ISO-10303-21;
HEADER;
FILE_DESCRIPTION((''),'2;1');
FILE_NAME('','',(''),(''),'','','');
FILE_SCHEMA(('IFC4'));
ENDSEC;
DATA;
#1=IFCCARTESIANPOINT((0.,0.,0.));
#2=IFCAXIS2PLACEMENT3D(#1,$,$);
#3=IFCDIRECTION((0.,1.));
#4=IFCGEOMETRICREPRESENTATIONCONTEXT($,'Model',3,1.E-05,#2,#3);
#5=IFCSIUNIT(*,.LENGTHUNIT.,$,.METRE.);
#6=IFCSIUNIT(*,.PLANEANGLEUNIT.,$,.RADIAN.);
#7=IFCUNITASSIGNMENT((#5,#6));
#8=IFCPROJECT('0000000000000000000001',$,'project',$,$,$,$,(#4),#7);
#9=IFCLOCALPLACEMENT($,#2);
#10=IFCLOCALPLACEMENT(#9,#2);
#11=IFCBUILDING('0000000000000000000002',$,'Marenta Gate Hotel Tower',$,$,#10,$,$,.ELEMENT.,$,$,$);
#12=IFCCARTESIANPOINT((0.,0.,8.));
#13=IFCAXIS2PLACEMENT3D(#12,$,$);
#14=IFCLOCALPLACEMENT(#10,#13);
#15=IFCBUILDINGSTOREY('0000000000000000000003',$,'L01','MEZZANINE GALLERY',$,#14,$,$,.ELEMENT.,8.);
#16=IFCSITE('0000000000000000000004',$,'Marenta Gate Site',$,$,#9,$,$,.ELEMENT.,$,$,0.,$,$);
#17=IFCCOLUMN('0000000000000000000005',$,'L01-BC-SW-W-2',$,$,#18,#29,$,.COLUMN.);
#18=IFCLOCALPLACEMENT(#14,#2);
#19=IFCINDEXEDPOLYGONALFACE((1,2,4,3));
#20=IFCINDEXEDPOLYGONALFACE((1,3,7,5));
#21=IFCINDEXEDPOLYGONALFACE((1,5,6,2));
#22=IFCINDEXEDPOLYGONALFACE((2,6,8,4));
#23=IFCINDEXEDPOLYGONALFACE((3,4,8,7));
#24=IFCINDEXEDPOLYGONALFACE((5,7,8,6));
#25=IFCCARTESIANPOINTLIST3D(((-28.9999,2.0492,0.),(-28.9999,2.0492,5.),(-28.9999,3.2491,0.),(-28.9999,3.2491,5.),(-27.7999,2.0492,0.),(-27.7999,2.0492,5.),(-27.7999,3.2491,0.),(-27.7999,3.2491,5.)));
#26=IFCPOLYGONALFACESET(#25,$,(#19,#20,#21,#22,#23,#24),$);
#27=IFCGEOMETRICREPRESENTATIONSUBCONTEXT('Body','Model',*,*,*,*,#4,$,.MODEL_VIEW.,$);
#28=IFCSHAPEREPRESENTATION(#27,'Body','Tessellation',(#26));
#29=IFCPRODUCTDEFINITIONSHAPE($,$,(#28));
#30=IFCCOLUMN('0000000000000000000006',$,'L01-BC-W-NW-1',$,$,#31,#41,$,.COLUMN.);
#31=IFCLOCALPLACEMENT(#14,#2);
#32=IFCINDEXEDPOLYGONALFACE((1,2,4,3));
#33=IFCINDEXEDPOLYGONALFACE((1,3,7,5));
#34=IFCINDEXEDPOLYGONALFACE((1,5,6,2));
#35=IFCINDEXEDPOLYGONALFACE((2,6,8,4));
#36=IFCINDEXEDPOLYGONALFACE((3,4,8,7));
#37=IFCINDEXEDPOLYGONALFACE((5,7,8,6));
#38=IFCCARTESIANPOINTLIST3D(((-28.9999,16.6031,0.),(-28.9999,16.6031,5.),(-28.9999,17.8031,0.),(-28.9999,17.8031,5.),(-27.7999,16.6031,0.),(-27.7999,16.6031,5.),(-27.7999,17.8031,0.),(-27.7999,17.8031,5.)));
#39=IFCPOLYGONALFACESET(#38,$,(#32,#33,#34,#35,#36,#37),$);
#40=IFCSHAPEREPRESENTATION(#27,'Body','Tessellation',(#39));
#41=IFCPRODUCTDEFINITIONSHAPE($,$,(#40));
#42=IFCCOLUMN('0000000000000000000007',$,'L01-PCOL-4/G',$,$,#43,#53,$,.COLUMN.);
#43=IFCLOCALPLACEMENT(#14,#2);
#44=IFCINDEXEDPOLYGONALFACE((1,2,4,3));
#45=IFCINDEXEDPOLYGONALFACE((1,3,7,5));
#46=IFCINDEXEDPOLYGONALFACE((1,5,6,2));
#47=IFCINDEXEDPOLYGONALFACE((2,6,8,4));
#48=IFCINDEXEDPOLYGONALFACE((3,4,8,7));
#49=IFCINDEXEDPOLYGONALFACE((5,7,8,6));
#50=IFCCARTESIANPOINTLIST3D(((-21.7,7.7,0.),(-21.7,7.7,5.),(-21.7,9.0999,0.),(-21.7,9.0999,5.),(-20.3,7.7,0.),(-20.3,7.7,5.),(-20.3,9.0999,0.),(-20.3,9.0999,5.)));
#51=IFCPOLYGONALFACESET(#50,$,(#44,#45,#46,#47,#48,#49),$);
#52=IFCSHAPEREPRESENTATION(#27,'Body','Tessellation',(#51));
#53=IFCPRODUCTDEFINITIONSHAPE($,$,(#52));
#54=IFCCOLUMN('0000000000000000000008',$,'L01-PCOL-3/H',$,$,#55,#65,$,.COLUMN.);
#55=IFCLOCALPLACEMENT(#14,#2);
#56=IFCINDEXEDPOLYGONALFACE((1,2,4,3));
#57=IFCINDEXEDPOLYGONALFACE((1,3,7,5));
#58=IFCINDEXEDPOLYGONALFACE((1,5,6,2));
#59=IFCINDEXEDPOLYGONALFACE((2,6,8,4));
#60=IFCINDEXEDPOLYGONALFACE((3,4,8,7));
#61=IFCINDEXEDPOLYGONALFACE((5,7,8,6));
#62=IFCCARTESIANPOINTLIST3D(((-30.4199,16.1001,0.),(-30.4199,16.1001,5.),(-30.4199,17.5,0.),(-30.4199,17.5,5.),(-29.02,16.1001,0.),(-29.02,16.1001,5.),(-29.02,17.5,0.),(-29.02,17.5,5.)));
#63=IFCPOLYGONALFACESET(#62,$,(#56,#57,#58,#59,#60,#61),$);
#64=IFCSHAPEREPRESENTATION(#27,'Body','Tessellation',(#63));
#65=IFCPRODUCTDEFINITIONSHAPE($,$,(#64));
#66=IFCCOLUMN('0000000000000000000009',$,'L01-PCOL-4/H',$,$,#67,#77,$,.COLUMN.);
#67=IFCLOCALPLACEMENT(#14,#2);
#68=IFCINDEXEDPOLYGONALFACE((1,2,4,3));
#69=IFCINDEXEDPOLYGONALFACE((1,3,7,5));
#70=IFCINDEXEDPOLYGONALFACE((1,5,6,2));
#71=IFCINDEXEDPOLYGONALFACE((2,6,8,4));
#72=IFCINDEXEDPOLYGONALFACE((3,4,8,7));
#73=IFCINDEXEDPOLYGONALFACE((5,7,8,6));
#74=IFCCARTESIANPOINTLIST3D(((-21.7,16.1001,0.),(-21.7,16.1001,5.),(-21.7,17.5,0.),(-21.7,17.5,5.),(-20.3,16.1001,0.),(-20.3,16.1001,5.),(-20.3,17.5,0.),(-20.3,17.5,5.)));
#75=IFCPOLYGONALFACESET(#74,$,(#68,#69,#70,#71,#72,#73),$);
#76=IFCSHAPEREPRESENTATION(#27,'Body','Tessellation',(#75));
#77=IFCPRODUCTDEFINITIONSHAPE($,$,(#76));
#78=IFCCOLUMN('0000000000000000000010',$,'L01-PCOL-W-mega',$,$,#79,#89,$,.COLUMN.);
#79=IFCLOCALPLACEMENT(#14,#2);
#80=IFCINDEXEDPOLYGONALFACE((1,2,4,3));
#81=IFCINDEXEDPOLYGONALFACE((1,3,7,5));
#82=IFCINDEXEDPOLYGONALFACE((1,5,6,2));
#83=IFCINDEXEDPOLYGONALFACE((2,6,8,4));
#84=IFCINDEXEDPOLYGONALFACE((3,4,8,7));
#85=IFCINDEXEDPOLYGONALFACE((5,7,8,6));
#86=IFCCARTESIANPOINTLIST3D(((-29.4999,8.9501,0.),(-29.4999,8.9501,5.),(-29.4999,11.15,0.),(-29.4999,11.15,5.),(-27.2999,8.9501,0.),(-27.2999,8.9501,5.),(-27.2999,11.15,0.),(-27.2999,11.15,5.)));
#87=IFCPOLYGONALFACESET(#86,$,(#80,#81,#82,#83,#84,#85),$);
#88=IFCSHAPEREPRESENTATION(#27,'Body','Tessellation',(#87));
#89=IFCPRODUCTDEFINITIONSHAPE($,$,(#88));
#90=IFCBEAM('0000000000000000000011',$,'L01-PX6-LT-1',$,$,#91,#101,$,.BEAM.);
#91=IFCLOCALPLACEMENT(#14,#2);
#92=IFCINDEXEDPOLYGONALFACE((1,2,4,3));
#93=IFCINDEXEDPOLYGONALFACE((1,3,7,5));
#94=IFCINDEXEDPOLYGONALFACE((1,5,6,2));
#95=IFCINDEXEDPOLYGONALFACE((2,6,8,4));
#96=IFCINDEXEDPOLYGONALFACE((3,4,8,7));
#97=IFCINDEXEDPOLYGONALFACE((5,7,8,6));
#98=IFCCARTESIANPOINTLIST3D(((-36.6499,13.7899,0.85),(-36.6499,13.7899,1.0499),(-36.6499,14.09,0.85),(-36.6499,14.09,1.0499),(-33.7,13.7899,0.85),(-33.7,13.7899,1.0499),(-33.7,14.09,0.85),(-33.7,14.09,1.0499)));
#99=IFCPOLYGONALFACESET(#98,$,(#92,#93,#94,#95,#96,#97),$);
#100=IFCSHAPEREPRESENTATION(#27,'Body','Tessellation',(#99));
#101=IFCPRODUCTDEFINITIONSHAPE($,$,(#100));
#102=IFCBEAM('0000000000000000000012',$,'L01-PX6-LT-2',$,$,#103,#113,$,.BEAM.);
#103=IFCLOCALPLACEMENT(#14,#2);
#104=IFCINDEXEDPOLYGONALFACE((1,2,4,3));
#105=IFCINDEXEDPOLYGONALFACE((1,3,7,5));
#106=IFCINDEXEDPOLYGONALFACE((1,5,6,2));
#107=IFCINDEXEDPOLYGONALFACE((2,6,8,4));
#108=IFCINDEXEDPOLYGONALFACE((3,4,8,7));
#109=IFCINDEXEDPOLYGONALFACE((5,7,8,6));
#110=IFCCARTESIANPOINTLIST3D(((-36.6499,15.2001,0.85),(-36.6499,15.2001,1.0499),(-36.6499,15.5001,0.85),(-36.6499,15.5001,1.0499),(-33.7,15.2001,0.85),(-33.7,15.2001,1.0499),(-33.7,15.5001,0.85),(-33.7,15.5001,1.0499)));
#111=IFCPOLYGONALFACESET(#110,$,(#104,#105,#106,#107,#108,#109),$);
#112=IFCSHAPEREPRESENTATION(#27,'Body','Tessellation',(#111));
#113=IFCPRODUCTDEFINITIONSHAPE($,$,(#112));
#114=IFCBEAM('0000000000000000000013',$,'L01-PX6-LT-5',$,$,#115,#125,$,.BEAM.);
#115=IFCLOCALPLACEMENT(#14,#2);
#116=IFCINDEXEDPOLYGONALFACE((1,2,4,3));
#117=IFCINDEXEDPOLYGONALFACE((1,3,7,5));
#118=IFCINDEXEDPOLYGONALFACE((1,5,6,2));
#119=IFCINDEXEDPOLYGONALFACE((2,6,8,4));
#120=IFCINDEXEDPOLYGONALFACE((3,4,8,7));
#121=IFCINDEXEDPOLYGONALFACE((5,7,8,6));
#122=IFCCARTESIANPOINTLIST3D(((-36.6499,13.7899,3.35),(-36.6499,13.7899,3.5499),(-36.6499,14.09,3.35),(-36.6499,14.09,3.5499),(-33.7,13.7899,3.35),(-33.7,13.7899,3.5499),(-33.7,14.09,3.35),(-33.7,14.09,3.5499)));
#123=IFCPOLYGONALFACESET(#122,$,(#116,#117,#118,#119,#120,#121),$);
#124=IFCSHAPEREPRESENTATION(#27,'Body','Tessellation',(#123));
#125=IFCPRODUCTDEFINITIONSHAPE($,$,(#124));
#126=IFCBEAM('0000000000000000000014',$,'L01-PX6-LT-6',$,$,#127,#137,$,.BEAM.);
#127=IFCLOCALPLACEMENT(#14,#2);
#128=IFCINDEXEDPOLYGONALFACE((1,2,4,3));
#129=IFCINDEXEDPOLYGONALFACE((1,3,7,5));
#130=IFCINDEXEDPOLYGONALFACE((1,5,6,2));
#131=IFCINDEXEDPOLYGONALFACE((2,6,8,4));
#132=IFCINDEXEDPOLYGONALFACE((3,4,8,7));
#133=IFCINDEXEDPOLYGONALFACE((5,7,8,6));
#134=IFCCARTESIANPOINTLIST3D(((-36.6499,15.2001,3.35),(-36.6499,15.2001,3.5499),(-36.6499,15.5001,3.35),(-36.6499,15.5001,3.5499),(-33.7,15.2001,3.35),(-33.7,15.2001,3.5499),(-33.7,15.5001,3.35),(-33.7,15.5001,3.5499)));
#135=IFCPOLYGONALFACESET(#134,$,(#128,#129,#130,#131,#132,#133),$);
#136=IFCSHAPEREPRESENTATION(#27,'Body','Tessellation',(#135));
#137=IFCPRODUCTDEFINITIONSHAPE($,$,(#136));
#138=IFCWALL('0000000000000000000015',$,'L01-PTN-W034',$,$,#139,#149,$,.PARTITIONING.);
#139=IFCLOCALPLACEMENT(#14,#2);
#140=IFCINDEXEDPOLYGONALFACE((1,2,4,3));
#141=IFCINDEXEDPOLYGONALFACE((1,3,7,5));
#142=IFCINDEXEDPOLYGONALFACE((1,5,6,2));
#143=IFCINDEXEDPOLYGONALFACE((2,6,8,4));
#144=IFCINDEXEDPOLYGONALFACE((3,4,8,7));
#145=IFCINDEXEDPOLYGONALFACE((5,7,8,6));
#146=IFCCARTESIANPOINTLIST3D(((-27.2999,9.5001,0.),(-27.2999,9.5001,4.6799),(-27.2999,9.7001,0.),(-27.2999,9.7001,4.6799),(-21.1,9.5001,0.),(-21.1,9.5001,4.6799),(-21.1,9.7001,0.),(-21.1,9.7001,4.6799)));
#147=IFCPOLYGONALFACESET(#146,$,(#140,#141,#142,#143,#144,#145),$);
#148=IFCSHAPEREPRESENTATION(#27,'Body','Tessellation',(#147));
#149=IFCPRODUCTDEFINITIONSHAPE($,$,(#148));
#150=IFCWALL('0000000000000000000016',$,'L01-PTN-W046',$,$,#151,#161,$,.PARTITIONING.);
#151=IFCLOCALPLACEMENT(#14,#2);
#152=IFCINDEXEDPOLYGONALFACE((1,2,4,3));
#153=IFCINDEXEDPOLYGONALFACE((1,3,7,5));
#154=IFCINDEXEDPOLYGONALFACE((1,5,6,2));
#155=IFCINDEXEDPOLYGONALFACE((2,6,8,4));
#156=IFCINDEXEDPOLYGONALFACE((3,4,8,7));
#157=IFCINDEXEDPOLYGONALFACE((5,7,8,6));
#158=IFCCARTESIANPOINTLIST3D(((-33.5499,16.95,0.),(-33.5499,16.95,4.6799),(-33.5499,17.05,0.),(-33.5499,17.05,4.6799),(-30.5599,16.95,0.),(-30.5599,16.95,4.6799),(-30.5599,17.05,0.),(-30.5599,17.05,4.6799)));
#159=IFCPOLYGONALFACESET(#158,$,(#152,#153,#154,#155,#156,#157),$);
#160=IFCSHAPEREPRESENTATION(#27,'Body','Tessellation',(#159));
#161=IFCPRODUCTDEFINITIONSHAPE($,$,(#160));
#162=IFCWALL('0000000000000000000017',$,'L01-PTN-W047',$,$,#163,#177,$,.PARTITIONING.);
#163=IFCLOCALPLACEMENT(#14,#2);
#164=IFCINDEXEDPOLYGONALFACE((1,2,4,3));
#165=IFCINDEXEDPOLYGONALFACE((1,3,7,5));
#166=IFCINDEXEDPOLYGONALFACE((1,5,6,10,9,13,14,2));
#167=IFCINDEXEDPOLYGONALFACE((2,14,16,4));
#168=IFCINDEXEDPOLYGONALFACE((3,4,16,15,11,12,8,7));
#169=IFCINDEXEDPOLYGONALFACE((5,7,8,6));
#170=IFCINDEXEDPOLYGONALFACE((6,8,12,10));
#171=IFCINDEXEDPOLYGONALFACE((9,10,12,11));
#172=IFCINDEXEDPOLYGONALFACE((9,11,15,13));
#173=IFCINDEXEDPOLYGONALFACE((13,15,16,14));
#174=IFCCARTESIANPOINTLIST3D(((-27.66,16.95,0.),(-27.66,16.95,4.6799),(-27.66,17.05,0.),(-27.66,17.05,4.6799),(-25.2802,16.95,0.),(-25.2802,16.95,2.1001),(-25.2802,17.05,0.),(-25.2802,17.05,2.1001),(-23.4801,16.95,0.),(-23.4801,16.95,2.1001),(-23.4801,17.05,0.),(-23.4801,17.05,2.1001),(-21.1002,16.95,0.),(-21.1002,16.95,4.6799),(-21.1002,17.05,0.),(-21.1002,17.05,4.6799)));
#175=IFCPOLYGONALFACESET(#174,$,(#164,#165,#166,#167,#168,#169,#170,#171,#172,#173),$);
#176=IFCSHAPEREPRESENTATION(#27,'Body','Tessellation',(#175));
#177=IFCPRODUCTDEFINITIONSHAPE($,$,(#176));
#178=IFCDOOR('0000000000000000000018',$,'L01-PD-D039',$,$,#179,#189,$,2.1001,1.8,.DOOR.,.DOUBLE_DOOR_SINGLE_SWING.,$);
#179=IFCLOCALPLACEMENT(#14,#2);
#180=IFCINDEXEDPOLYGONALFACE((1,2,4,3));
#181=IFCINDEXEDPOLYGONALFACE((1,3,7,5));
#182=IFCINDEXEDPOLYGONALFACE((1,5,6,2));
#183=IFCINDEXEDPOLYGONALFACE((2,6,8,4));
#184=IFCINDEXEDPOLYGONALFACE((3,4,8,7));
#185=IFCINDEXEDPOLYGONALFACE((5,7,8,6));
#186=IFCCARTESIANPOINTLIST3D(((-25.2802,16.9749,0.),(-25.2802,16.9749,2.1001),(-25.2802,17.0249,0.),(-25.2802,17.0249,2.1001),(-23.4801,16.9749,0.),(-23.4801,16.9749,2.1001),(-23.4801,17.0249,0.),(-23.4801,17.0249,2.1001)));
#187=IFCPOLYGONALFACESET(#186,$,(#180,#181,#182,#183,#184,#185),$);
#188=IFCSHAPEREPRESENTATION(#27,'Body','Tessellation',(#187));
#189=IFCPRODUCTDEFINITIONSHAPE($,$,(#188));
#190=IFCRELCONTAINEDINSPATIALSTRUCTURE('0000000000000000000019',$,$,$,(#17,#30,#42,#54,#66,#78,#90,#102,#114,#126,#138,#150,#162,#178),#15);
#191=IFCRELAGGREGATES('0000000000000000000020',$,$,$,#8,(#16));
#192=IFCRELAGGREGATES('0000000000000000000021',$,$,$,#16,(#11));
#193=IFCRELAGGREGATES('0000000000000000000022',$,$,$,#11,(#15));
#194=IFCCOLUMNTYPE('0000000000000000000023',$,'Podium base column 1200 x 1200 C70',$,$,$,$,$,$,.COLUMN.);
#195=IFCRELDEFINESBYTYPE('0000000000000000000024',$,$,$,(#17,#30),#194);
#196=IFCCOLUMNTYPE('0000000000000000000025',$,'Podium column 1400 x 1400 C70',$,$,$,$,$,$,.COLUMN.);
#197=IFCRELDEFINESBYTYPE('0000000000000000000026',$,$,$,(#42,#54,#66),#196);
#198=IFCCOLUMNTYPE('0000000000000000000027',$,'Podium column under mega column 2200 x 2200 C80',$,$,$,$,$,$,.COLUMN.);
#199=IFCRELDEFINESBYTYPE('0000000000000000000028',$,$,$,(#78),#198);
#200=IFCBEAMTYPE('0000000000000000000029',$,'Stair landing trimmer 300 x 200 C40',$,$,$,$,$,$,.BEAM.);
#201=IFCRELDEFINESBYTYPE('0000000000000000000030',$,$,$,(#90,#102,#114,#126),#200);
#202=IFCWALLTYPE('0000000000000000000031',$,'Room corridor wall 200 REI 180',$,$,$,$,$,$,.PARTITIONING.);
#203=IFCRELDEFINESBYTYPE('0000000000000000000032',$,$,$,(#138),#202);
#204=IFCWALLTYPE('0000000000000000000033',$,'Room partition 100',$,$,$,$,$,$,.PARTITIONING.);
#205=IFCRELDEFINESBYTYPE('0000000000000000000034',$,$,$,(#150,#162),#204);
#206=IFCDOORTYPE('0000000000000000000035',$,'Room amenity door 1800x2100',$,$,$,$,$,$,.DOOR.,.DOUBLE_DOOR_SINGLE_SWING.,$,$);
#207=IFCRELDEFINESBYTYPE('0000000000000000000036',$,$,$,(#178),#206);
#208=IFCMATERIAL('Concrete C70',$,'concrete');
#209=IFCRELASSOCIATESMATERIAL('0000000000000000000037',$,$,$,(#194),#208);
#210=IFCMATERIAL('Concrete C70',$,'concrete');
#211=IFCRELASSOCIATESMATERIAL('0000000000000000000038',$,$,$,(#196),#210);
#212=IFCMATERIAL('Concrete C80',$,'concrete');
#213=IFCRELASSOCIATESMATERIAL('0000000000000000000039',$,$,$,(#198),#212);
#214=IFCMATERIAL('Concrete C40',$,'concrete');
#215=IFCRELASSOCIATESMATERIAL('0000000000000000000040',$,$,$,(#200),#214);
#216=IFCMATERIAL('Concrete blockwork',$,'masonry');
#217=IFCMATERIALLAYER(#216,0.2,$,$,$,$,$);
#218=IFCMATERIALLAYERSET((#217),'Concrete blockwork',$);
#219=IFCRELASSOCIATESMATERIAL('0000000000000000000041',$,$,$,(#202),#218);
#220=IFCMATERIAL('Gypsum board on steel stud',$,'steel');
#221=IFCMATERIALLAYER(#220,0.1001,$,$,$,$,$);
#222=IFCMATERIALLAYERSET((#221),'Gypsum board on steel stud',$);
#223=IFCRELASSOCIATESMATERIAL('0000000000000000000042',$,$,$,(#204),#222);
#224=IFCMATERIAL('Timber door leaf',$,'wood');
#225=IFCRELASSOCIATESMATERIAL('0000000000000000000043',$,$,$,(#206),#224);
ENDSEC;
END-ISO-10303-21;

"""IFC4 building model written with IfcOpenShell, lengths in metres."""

from ifc_helpers import new_model, si_unit, direction, frame, frame_2d, origin, origin_2d, place, context, subcontext, project, spatial, rectangle, extrude, material, layer, layer_set, material_profile, profile_set, type_object, element, fill, save


model = new_model("IFC4")

# Units and contexts
model_context = context("Model", 3, precision=1e-05, world=origin(), true_north=direction((0.0, 1.0)))
body_context = subcontext(model_context, "Body", "Model", "MODEL_VIEW")
ifc_project = project(units=[si_unit("LENGTHUNIT", "METRE"), si_unit("PLANEANGLEUNIT", "RADIAN")], contexts=[model_context])

# Site, building, storey
site_placement = place(None, origin())
site = spatial("IfcSite", under=ifc_project, at=site_placement, Name="Marenta Gate Site", CompositionType="ELEMENT", RefElevation=0.0)
building_placement = place(site_placement, origin())
building = spatial("IfcBuilding", under=site, at=building_placement, Name="Marenta Gate Hotel Tower", CompositionType="ELEMENT")
storey_placement = place(building_placement, frame((0.0, 0.0, 8.0)))
storey = spatial("IfcBuildingStorey", under=building, at=storey_placement, Name="L01", Description="MEZZANINE GALLERY", CompositionType="ELEMENT", Elevation=8.0)

# Columns
ifc_material_1 = material(Name="Concrete C70", Category="concrete")
ifc_material_profile_1 = material_profile(ifc_material_1, rectangle(XDim=1.2, YDim=1.2, at=origin_2d()), Name="1200 x 1200")
ifc_profile_set_1 = profile_set([ifc_material_profile_1], Name="Concrete C70")
column_type_1 = type_object("IfcColumnType", Name="Podium base column 1200 x 1200 C70", PredefinedType="COLUMN", material=ifc_profile_set_1)
for number, where, z_axis, x_axis, name in (
    (1, (-28.3999, 2.6492, 0.0), (0.0, 0.0, 1.0), (1.0, 0.0, 0.0), "L01-BC-SW-W-2"),
    (2, (-28.3999, 17.2031, 0.0), (0.0, 0.0, 1.0), (1.0, 0.0, 0.0), "L01-BC-W-NW-1"),
):
    element("IfcColumn", number, at=place(storey_placement, frame(where, z_axis=z_axis, x_axis=x_axis)), inside=storey, type_object=column_type_1, Name=name, PredefinedType="COLUMN", context=body_context, shape_type="SweptSolid", body=[
        extrude(rectangle(XDim=1.2, YDim=1.2, at=origin_2d()), origin(), (0.0, 0.0, 1.0), 5.0),
    ])
ifc_material_2 = material(Name="Concrete C70", Category="concrete")
ifc_material_profile_2 = material_profile(ifc_material_2, rectangle(XDim=1.3999, YDim=1.3999, at=origin_2d()), Name="1400 x 1400")
ifc_profile_set_2 = profile_set([ifc_material_profile_2], Name="Concrete C70")
column_type_2 = type_object("IfcColumnType", Name="Podium column 1400 x 1400 C70", PredefinedType="COLUMN", material=ifc_profile_set_2)
for number, where, z_axis, x_axis, name in (
    (3, (-21.0, 8.3999, 0.0), (0.0, 0.0, 1.0), (1.0, 0.0, 0.0), "L01-PCOL-4/G"),
    (4, (-29.72, 16.8, 0.0), (0.0, 0.0, 1.0), (1.0, 0.0, 0.0), "L01-PCOL-3/H"),
    (5, (-21.0, 16.8, 0.0), (0.0, 0.0, 1.0), (1.0, 0.0, 0.0), "L01-PCOL-4/H"),
):
    element("IfcColumn", number, at=place(storey_placement, frame(where, z_axis=z_axis, x_axis=x_axis)), inside=storey, type_object=column_type_2, Name=name, PredefinedType="COLUMN", context=body_context, shape_type="SweptSolid", body=[
        extrude(rectangle(XDim=1.3999, YDim=1.3999, at=origin_2d()), origin(), (0.0, 0.0, 1.0), 5.0),
    ])
ifc_material_3 = material(Name="Concrete C80", Category="concrete")
ifc_material_profile_3 = material_profile(ifc_material_3, rectangle(XDim=2.2, YDim=2.2, at=origin_2d()), Name="2200 x 2200")
ifc_profile_set_3 = profile_set([ifc_material_profile_3], Name="Concrete C80")
column_type_3 = type_object("IfcColumnType", Name="Podium column under mega column 2200 x 2200 C80", PredefinedType="COLUMN", material=ifc_profile_set_3)
column_placement = place(storey_placement, frame((-28.3999, 10.05, 0.0), z_axis=(0.0, 0.0, 1.0), x_axis=(1.0, 0.0, 0.0)))
element("IfcColumn", 6, at=column_placement, inside=storey, type_object=column_type_3, Name="L01-PCOL-W-mega", PredefinedType="COLUMN", context=body_context, shape_type="SweptSolid", body=[
    extrude(rectangle(XDim=2.2, YDim=2.2, at=origin_2d()), origin(), (0.0, 0.0, 1.0), 5.0),
])

# Beams
ifc_material_4 = material(Name="Concrete C40", Category="concrete")
ifc_material_profile_4 = material_profile(ifc_material_4, rectangle(XDim=0.3, YDim=0.2, at=origin_2d()), Name="300 x 200")
ifc_profile_set_4 = profile_set([ifc_material_profile_4], Name="Concrete C40")
beam_type = type_object("IfcBeamType", Name="Stair landing trimmer 300 x 200 C40", PredefinedType="BEAM", material=ifc_profile_set_4)
for number, where, z_axis, x_axis, name in (
    (7, (-36.6499, 13.9399, 0.95), (1.0, 0.0, 0.0), (0.0, 1.0, 0.0), "L01-PX6-LT-1"),
    (8, (-36.6499, 15.3501, 0.95), (1.0, 0.0, 0.0), (0.0, 1.0, 0.0), "L01-PX6-LT-2"),
    (9, (-36.6499, 13.9399, 3.45), (1.0, 0.0, 0.0), (0.0, 1.0, 0.0), "L01-PX6-LT-5"),
    (10, (-36.6499, 15.3501, 3.45), (1.0, 0.0, 0.0), (0.0, 1.0, 0.0), "L01-PX6-LT-6"),
):
    element("IfcBeam", number, at=place(storey_placement, frame(where, z_axis=z_axis, x_axis=x_axis)), inside=storey, type_object=beam_type, Name=name, PredefinedType="BEAM", context=body_context, shape_type="SweptSolid", body=[
        extrude(rectangle(XDim=0.3, YDim=0.2, at=origin_2d()), origin(), (0.0, 0.0, 1.0), 2.95),
    ])

# Walls
ifc_material_5 = material(Name="Concrete blockwork", Category="masonry")
ifc_layer_1 = layer(ifc_material_5, 0.2)
ifc_layer_set_1 = layer_set([ifc_layer_1], Name="Concrete blockwork")
wall_type_1 = type_object("IfcWallType", Name="Room corridor wall 200 REI 180", PredefinedType="PARTITIONING", material=ifc_layer_set_1)
wall_1_placement = place(storey_placement, frame((-27.3, 9.6001, 0.0), z_axis=(0.0, 0.0, 1.0), x_axis=(1.0, 0.0, 0.0)))
element("IfcWall", 11, at=wall_1_placement, inside=storey, type_object=wall_type_1, Name="L01-PTN-W034", PredefinedType="PARTITIONING", context=body_context, shape_type="SweptSolid", body=[
    extrude(rectangle(XDim=6.2, YDim=0.2, at=frame_2d((3.1001, 0.0))), origin(), (0.0, 0.0, 1.0), 4.6799),
])
ifc_material_6 = material(Name="Gypsum board on steel stud", Category="steel")
ifc_layer_2 = layer(ifc_material_6, 0.1001)
ifc_layer_set_2 = layer_set([ifc_layer_2], Name="Gypsum board on steel stud")
wall_type_2 = type_object("IfcWallType", Name="Room partition 100", PredefinedType="PARTITIONING", material=ifc_layer_set_2)
wall_2_placement = place(storey_placement, frame((-33.55, 17.0, 0.0), z_axis=(0.0, 0.0, 1.0), x_axis=(1.0, 0.0, 0.0)))
element("IfcWall", 12, at=wall_2_placement, inside=storey, type_object=wall_type_2, Name="L01-PTN-W046", PredefinedType="PARTITIONING", context=body_context, shape_type="SweptSolid", body=[
    extrude(rectangle(XDim=2.99, YDim=0.1001, at=frame_2d((1.4951, 0.0))), origin(), (0.0, 0.0, 1.0), 4.6799),
])

# Wall, opening, door
wall_3_placement = place(storey_placement, frame((-27.6599, 17.0, 0.0), z_axis=(0.0, 0.0, 1.0), x_axis=(1.0, 0.0, 0.0)))
wall_3 = element("IfcWall", 13, at=wall_3_placement, inside=storey, type_object=wall_type_2, Name="L01-PTN-W047", PredefinedType="PARTITIONING", context=body_context, shape_type="SweptSolid", body=[
    extrude(rectangle(XDim=6.5598, YDim=0.1001, at=frame_2d((3.2798, 0.0))), origin(), (0.0, 0.0, 1.0), 4.6799),
])
opening_1_placement = place(wall_3_placement, frame((2.3799, 0.0, 0.0)))
opening_1 = element("IfcOpeningElement", 14, at=opening_1_placement, cuts=wall_3, PredefinedType="OPENING", context=body_context, shape_type="SweptSolid", body=[
    extrude(rectangle(XDim=1.8, YDim=2.1001, at=frame_2d((0.8999, 1.05))), frame((0.0, 0.05, 0.0), z_axis=(0.0, -1.0, 0.0), x_axis=(1.0, 0.0, 0.0)), (0.0, 0.0, 1.0), 0.1001),
])
ifc_material_7 = material(Name="Timber door leaf", Category="wood")
door_type_1 = type_object("IfcDoorType", Name="Room amenity door 1800x2100", OperationType="DOUBLE_DOOR_SINGLE_SWING", PredefinedType="DOOR", material=ifc_material_7)
door_1_placement = place(opening_1_placement, origin())
door_1 = element("IfcDoor", 15, at=door_1_placement, inside=storey, type_object=door_type_1, Name="L01-PD-D039", OperationType="DOUBLE_DOOR_SINGLE_SWING", OverallHeight=2.1001, OverallWidth=1.8, PredefinedType="DOOR", context=body_context, shape_type="SweptSolid", body=[
    extrude(rectangle(XDim=1.8, YDim=2.1001, at=frame_2d((0.8999, 1.05))), frame((0.0, 0.0249, 0.0), z_axis=(0.0, -1.0, 0.0), x_axis=(1.0, 0.0, 0.0)), (0.0, 0.0, 1.0), 0.05),
])
fill(opening_1, door_1)

save(model, "model.ifc")
